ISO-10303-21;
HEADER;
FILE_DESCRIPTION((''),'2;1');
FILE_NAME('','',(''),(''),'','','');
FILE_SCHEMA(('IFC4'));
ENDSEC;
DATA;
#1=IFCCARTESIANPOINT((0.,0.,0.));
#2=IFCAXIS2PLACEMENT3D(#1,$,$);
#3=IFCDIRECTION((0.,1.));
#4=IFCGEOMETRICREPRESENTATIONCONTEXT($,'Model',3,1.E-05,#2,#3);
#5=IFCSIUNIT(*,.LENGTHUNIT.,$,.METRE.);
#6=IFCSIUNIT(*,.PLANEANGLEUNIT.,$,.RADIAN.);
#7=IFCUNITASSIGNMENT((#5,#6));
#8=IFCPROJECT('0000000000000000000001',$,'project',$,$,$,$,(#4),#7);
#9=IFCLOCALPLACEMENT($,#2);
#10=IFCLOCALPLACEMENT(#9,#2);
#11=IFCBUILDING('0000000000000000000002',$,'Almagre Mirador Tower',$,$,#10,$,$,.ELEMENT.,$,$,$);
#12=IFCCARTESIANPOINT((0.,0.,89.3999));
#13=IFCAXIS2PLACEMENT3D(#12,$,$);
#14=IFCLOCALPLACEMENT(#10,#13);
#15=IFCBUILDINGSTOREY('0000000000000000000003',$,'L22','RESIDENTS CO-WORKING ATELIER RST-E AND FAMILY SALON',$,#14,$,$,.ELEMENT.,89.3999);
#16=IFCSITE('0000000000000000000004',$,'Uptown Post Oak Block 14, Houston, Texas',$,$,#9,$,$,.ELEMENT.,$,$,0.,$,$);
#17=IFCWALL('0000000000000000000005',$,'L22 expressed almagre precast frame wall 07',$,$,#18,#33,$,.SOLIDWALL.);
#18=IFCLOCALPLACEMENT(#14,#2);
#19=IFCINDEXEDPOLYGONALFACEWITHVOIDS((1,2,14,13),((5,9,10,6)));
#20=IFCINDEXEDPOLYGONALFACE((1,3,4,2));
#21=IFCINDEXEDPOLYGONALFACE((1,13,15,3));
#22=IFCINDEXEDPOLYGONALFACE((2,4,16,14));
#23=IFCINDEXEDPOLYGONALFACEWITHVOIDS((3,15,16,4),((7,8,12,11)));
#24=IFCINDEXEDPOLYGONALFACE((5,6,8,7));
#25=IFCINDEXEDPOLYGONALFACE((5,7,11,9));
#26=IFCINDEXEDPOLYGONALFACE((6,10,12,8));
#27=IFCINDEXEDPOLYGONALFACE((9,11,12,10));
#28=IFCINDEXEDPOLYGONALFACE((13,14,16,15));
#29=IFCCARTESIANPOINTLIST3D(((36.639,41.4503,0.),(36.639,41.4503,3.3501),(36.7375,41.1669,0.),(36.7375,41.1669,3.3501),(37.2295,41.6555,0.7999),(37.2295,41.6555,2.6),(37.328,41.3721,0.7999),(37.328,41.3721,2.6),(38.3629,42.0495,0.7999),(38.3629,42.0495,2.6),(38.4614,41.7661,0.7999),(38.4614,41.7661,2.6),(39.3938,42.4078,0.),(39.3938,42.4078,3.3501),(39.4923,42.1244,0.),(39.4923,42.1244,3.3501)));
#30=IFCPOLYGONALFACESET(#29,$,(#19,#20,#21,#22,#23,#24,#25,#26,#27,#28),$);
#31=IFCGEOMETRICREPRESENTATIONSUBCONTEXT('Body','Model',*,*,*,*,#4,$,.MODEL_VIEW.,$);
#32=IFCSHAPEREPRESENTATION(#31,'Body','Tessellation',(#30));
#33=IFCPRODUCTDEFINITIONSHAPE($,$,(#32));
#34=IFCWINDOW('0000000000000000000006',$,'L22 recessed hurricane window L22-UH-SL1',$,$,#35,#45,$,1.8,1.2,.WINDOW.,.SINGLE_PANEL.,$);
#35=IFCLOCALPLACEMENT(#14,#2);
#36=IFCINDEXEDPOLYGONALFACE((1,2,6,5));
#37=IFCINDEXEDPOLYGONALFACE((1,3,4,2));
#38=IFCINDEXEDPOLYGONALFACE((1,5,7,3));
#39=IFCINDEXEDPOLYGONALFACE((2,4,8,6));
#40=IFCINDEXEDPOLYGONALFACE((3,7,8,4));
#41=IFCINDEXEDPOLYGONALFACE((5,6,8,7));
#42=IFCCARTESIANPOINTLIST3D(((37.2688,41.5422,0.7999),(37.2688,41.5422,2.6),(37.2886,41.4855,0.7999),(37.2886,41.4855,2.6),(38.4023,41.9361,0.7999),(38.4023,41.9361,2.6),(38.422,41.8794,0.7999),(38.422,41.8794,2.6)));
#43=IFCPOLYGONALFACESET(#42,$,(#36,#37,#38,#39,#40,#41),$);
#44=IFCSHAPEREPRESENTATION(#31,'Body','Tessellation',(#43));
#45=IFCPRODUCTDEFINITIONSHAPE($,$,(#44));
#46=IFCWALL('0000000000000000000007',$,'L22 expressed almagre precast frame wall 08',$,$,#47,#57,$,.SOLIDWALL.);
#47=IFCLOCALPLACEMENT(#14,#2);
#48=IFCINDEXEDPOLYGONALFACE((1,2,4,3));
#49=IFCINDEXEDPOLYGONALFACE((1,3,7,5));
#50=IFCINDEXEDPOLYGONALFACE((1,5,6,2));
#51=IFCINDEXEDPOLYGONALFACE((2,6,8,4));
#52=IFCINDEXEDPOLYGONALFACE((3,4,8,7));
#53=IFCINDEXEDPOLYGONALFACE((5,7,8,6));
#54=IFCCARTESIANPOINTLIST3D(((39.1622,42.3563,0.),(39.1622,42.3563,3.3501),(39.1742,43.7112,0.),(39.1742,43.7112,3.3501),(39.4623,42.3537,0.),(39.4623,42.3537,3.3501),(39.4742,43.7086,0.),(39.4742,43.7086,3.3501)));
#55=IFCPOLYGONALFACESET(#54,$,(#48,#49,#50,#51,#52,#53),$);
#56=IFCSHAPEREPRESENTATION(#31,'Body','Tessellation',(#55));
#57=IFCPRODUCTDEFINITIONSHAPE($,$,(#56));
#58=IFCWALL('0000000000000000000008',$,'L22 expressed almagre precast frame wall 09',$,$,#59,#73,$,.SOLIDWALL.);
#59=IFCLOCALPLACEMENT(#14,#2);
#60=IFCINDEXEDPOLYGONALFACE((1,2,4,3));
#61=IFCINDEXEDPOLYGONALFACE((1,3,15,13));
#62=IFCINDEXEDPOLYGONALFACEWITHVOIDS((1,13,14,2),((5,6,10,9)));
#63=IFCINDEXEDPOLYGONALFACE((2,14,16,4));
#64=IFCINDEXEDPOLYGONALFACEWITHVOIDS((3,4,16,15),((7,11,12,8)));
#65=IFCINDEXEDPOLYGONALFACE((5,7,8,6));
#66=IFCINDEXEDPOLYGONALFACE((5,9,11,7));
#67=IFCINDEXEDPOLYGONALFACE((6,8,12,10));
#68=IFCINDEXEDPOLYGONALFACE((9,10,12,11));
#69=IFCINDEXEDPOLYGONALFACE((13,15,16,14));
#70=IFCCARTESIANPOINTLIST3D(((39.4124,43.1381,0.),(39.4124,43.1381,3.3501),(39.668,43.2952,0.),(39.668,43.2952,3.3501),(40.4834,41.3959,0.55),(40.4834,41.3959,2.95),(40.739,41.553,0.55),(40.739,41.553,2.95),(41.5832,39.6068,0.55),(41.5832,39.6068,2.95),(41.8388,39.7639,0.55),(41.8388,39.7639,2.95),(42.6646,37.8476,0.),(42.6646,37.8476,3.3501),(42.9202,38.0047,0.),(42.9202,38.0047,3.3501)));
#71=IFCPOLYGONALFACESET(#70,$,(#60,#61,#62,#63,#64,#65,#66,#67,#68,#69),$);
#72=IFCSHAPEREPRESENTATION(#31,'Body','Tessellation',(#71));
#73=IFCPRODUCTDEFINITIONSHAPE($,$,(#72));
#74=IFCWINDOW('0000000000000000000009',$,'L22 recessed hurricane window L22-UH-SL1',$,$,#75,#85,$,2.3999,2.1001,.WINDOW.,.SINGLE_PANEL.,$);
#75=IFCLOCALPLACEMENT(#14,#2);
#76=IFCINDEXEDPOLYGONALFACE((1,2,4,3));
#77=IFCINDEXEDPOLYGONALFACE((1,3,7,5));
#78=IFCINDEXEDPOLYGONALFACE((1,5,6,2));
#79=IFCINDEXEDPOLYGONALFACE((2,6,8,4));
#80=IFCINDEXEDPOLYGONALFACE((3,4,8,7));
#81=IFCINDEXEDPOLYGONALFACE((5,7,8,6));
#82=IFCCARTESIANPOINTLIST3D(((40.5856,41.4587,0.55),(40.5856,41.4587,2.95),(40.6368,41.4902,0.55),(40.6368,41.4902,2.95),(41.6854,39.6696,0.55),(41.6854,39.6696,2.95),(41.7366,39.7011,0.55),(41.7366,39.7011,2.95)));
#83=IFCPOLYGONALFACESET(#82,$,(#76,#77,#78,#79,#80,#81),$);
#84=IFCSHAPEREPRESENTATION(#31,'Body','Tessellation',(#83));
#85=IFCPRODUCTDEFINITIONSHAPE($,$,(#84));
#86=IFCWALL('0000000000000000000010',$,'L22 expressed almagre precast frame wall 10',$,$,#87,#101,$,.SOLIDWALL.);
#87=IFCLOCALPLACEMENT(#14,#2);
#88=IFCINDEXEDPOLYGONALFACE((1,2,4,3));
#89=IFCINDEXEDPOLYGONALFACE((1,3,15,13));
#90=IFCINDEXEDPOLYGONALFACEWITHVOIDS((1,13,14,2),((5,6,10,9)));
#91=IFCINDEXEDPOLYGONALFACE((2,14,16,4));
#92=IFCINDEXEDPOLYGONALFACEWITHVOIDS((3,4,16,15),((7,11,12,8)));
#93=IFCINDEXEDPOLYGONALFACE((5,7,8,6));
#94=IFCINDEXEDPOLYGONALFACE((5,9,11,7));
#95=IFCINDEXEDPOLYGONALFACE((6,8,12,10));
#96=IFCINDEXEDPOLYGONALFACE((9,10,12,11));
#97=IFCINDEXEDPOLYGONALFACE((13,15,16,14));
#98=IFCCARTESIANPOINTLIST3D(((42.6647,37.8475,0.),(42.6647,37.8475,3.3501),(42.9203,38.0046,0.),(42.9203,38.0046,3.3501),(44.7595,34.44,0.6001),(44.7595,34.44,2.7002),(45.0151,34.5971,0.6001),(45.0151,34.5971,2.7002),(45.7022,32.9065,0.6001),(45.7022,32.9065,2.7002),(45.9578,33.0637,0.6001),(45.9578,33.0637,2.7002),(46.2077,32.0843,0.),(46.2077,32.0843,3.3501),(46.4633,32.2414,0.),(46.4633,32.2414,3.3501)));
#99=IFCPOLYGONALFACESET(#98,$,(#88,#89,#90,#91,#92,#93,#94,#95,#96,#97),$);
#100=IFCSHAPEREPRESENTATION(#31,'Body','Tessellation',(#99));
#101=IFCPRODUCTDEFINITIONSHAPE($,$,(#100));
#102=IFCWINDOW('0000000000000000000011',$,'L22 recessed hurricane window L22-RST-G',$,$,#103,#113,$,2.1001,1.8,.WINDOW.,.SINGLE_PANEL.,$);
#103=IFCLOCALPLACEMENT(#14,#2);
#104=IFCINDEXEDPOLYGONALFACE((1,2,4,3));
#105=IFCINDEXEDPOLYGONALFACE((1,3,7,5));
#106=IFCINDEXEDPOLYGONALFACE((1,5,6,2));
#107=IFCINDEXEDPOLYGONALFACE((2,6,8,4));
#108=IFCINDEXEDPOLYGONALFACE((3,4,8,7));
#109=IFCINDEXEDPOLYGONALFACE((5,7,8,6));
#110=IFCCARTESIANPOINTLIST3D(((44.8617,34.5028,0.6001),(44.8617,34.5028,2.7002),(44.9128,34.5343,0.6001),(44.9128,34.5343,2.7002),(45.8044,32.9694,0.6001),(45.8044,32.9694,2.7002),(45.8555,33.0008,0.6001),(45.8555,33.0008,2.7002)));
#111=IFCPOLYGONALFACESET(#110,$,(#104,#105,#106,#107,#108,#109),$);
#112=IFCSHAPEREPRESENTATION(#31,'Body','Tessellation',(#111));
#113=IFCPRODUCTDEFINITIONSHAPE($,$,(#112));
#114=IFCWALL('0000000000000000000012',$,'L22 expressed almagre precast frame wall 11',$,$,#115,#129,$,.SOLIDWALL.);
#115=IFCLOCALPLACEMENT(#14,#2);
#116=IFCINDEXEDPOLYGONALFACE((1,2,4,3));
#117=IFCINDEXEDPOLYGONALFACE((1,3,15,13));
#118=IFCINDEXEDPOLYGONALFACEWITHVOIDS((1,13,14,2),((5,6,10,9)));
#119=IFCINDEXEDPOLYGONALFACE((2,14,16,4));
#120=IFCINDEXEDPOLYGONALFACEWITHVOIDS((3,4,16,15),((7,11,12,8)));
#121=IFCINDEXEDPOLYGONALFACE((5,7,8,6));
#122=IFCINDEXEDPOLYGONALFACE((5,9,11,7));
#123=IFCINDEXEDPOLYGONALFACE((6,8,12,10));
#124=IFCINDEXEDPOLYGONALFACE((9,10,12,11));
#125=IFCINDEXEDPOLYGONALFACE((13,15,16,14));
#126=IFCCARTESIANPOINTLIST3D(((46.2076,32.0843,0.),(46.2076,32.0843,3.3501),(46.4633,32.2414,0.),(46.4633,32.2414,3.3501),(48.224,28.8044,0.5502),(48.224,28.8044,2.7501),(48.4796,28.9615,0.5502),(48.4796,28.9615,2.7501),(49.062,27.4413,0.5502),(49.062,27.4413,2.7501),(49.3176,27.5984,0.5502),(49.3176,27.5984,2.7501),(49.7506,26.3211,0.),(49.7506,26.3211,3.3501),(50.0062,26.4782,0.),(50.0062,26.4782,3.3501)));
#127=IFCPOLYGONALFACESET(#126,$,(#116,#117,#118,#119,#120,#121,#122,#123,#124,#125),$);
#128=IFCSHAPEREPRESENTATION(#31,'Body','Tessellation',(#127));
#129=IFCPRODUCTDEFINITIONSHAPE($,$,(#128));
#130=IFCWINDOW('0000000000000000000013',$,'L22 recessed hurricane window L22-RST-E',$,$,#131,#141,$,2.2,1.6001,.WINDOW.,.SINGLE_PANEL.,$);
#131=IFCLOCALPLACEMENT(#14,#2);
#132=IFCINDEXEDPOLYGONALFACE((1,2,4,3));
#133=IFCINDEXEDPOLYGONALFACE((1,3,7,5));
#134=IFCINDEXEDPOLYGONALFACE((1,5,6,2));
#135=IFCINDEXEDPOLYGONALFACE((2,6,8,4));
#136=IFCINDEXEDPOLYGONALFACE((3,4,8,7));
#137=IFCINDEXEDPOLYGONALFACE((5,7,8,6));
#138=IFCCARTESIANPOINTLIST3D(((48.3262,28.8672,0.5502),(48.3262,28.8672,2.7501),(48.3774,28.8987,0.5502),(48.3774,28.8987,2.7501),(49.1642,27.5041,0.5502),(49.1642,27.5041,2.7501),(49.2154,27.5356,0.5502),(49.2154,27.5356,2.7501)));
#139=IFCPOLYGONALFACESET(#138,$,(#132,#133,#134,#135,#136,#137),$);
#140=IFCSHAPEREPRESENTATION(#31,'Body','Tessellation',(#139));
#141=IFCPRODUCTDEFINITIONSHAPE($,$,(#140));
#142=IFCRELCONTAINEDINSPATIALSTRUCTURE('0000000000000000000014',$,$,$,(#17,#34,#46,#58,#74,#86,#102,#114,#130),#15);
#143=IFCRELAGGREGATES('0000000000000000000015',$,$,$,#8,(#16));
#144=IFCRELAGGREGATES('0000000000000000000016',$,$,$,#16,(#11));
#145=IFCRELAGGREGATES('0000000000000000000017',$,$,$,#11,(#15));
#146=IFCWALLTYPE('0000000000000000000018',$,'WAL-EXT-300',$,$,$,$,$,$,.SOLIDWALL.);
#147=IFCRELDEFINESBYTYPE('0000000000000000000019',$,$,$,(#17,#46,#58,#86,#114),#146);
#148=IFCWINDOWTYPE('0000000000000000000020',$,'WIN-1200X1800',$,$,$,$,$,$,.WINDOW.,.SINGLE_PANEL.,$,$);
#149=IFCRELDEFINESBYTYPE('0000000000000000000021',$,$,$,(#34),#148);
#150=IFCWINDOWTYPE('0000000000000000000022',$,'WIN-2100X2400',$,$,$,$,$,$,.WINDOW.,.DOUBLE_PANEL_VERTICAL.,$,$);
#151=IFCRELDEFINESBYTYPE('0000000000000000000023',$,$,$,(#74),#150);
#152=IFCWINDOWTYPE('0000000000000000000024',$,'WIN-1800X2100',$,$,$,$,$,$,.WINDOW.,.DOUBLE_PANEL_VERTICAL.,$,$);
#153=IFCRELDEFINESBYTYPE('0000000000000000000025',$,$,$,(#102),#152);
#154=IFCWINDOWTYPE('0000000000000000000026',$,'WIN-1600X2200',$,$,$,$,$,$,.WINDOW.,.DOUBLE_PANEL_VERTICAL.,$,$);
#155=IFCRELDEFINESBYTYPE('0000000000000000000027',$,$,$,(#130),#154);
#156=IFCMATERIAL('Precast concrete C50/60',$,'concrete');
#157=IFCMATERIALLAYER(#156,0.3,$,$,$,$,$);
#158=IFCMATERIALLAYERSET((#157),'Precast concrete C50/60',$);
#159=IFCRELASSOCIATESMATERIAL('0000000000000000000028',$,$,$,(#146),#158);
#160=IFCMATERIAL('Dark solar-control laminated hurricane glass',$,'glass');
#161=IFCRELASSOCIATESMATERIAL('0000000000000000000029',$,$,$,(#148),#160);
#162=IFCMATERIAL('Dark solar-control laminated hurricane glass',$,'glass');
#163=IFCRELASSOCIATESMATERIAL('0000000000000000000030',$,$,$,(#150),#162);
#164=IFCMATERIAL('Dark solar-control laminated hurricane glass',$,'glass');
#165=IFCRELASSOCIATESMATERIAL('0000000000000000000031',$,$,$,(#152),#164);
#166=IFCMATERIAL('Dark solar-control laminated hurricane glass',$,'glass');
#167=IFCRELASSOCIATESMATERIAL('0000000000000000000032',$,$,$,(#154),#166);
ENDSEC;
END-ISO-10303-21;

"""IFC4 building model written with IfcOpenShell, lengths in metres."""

from ifc_helpers import new_model, si_unit, direction, frame, frame_2d, origin, place, context, subcontext, project, spatial, rectangle, extrude, material, layer, layer_set, type_object, element, fill, save


model = new_model("IFC4")

# Units and contexts
model_context = context("Model", 3, precision=1e-05, world=origin(), true_north=direction((0.0, 1.0)))
body_context = subcontext(model_context, "Body", "Model", "MODEL_VIEW")
ifc_project = project(units=[si_unit("LENGTHUNIT", "METRE"), si_unit("PLANEANGLEUNIT", "RADIAN")], contexts=[model_context])

# Site, building, storey
site_placement = place(None, origin())
site = spatial("IfcSite", under=ifc_project, at=site_placement, Name="Uptown Post Oak Block 14, Houston, Texas", CompositionType="ELEMENT", RefElevation=0.0)
building_placement = place(site_placement, origin())
building = spatial("IfcBuilding", under=site, at=building_placement, Name="Almagre Mirador Tower", CompositionType="ELEMENT")
storey_placement = place(building_placement, frame((0.0, 0.0, 89.3999)))
storey = spatial("IfcBuildingStorey", under=building, at=storey_placement, Name="L22", Description="RESIDENTS CO-WORKING ATELIER RST-E AND FAMILY SALON", CompositionType="ELEMENT", Elevation=89.3999)

# Shared definitions
ifc_material_1 = material(Name="Precast concrete C50/60", Category="concrete")
ifc_layer_1 = layer(ifc_material_1, 0.3)
ifc_layer_set_1 = layer_set([ifc_layer_1], Name="Precast concrete C50/60")
wall_type_1 = type_object("IfcWallType", Name="WAL-EXT-300", PredefinedType="SOLIDWALL", material=ifc_layer_set_1)

# Wall, opening, window
wall_1_placement = place(storey_placement, frame((36.6882, 41.3086, 0.0), z_axis=(0.0, 0.0, 1.0), x_axis=(0.944571, 0.328306, 0.0)))
wall_1 = element("IfcWall", 1, at=wall_1_placement, inside=storey, type_object=wall_type_1, Name="L22 expressed almagre precast frame wall 07", PredefinedType="SOLIDWALL", context=body_context, shape_type="SweptSolid", body=[
    extrude(rectangle(XDim=2.9165, YDim=0.3, at=frame_2d((1.4583, 0.0))), origin(), (0.0, 0.0, 1.0), 3.3501),
])
opening_1_placement = place(wall_1_placement, frame((0.625, 0.0, 0.8)))
opening_1 = element("IfcOpeningElement", 2, at=opening_1_placement, cuts=wall_1, PredefinedType="OPENING", context=body_context, shape_type="SweptSolid", body=[
    extrude(rectangle(XDim=1.2, YDim=1.8, at=frame_2d((0.6001, 0.8999))), frame((0.0, 0.1599, 0.0), z_axis=(0.0, -1.0, 0.0), x_axis=(1.0, 0.0, 0.0)), (0.0, 0.0, 1.0), 0.32),
])
ifc_material_2 = material(Name="Dark solar-control laminated hurricane glass", Category="glass")
window_type_1 = type_object("IfcWindowType", Name="WIN-1200X1800", PartitioningType="SINGLE_PANEL", PredefinedType="WINDOW", material=ifc_material_2)
window_1_placement = place(opening_1_placement, origin())
window_1 = element("IfcWindow", 3, at=window_1_placement, inside=storey, type_object=window_type_1, Name="L22 recessed hurricane window L22-UH-SL1", OverallHeight=1.8, OverallWidth=1.2, PartitioningType="SINGLE_PANEL", PredefinedType="WINDOW", context=body_context, shape_type="SweptSolid", body=[
    extrude(rectangle(XDim=1.2, YDim=1.8, at=frame_2d((0.6001, 0.8999))), frame((0.0, 0.03, 0.0), z_axis=(0.0, -1.0, 0.0), x_axis=(1.0, 0.0, 0.0)), (0.0, 0.0, 1.0), 0.0601),
])
fill(opening_1, window_1)

# Wall
wall_2_placement = place(storey_placement, frame((39.3123, 42.355, 0.0), z_axis=(0.0, 0.0, 1.0), x_axis=(0.008828, 0.999961, 0.0)))
element("IfcWall", 4, at=wall_2_placement, inside=storey, type_object=wall_type_1, Name="L22 expressed almagre precast frame wall 08", PredefinedType="SOLIDWALL", context=body_context, shape_type="SweptSolid", body=[
    extrude(rectangle(XDim=1.355, YDim=0.3, at=frame_2d((0.6775, 0.0))), origin(), (0.0, 0.0, 1.0), 3.3501),
])

# Walls, openings, windows
wall_3_placement = place(storey_placement, frame((39.5403, 43.2166, 0.0), z_axis=(0.0, 0.0, 1.0), x_axis=(0.523687, -0.851911, 0.0)))
wall_3 = element("IfcWall", 5, at=wall_3_placement, inside=storey, type_object=wall_type_1, Name="L22 expressed almagre precast frame wall 09", PredefinedType="SOLIDWALL", context=body_context, shape_type="SweptSolid", body=[
    extrude(rectangle(XDim=6.2102, YDim=0.3, at=frame_2d((3.105, 0.0))), origin(), (0.0, 0.0, 1.0), 3.3501),
])
opening_2_placement = place(wall_3_placement, frame((2.0449, 0.0, 0.55)))
opening_2 = element("IfcOpeningElement", 6, at=opening_2_placement, cuts=wall_3, PredefinedType="OPENING", context=body_context, shape_type="SweptSolid", body=[
    extrude(rectangle(XDim=2.1001, YDim=2.3999, at=frame_2d((1.05, 1.2))), frame((0.0, 0.1599, 0.0), z_axis=(0.0, -1.0, 0.0), x_axis=(1.0, 0.0, 0.0)), (0.0, 0.0, 1.0), 0.32),
])
ifc_material_3 = material(Name="Dark solar-control laminated hurricane glass", Category="glass")
window_type_2 = type_object("IfcWindowType", Name="WIN-2100X2400", PartitioningType="DOUBLE_PANEL_VERTICAL", PredefinedType="WINDOW", material=ifc_material_3)
window_2_placement = place(opening_2_placement, origin())
window_2 = element("IfcWindow", 7, at=window_2_placement, inside=storey, type_object=window_type_2, Name="L22 recessed hurricane window L22-UH-SL1", OverallHeight=2.3999, OverallWidth=2.1001, PartitioningType="SINGLE_PANEL", PredefinedType="WINDOW", context=body_context, shape_type="SweptSolid", body=[
    extrude(rectangle(XDim=2.1001, YDim=2.3999, at=frame_2d((1.05, 1.2))), frame((0.0, 0.03, 0.0), z_axis=(0.0, -1.0, 0.0), x_axis=(1.0, 0.0, 0.0)), (0.0, 0.0, 1.0), 0.0601),
])
fill(opening_2, window_2)
wall_4_placement = place(storey_placement, frame((42.7925, 37.926, 0.0), z_axis=(0.0, 0.0, 1.0), x_axis=(0.523711, -0.851896, 0.0)))
wall_4 = element("IfcWall", 8, at=wall_4_placement, inside=storey, type_object=wall_type_1, Name="L22 expressed almagre precast frame wall 10", PredefinedType="SOLIDWALL", context=body_context, shape_type="SweptSolid", body=[
    extrude(rectangle(XDim=6.7651, YDim=0.3, at=frame_2d((3.3826, 0.0))), origin(), (0.0, 0.0, 1.0), 3.3501),
])
opening_3_placement = place(wall_4_placement, frame((4.0, 0.0, 0.6001)))
opening_3 = element("IfcOpeningElement", 9, at=opening_3_placement, cuts=wall_4, PredefinedType="OPENING", context=body_context, shape_type="SweptSolid", body=[
    extrude(rectangle(XDim=1.8, YDim=2.1001, at=frame_2d((0.8999, 1.05))), frame((0.0, 0.1599, 0.0), z_axis=(0.0, -1.0, 0.0), x_axis=(1.0, 0.0, 0.0)), (0.0, 0.0, 1.0), 0.32),
])
ifc_material_4 = material(Name="Dark solar-control laminated hurricane glass", Category="glass")
window_type_3 = type_object("IfcWindowType", Name="WIN-1800X2100", PartitioningType="DOUBLE_PANEL_VERTICAL", PredefinedType="WINDOW", material=ifc_material_4)
window_3_placement = place(opening_3_placement, origin())
window_3 = element("IfcWindow", 10, at=window_3_placement, inside=storey, type_object=window_type_3, Name="L22 recessed hurricane window L22-RST-G", OverallHeight=2.1001, OverallWidth=1.8, PartitioningType="SINGLE_PANEL", PredefinedType="WINDOW", context=body_context, shape_type="SweptSolid", body=[
    extrude(rectangle(XDim=1.8, YDim=2.1001, at=frame_2d((0.8999, 1.05))), frame((0.0, 0.03, 0.0), z_axis=(0.0, -1.0, 0.0), x_axis=(1.0, 0.0, 0.0)), (0.0, 0.0, 1.0), 0.0601),
])
fill(opening_3, window_3)
wall_5_placement = place(storey_placement, frame((46.3354, 32.1628, 0.0), z_axis=(0.0, 0.0, 1.0), x_axis=(0.523711, -0.851896, 0.0)))
wall_5 = element("IfcWall", 11, at=wall_5_placement, inside=storey, type_object=wall_type_1, Name="L22 expressed almagre precast frame wall 11", PredefinedType="SOLIDWALL", context=body_context, shape_type="SweptSolid", body=[
    extrude(rectangle(XDim=6.7651, YDim=0.3, at=frame_2d((3.3826, 0.0))), origin(), (0.0, 0.0, 1.0), 3.3501),
])
opening_4_placement = place(wall_5_placement, frame((3.8501, 0.0, 0.55)))
opening_4 = element("IfcOpeningElement", 12, at=opening_4_placement, cuts=wall_5, PredefinedType="OPENING", context=body_context, shape_type="SweptSolid", body=[
    extrude(rectangle(XDim=1.6001, YDim=2.2, at=frame_2d((0.8, 1.1001))), frame((0.0, 0.1599, 0.0), z_axis=(0.0, -1.0, 0.0), x_axis=(1.0, 0.0, 0.0)), (0.0, 0.0, 1.0), 0.32),
])
ifc_material_5 = material(Name="Dark solar-control laminated hurricane glass", Category="glass")
window_type_4 = type_object("IfcWindowType", Name="WIN-1600X2200", PartitioningType="DOUBLE_PANEL_VERTICAL", PredefinedType="WINDOW", material=ifc_material_5)
window_4_placement = place(opening_4_placement, origin())
window_4 = element("IfcWindow", 13, at=window_4_placement, inside=storey, type_object=window_type_4, Name="L22 recessed hurricane window L22-RST-E", OverallHeight=2.2, OverallWidth=1.6001, PartitioningType="SINGLE_PANEL", PredefinedType="WINDOW", context=body_context, shape_type="SweptSolid", body=[
    extrude(rectangle(XDim=1.6001, YDim=2.2, at=frame_2d((0.8, 1.1001))), frame((0.0, 0.03, 0.0), z_axis=(0.0, -1.0, 0.0), x_axis=(1.0, 0.0, 0.0)), (0.0, 0.0, 1.0), 0.0601),
])
fill(opening_4, window_4)

save(model, "model.ifc")
